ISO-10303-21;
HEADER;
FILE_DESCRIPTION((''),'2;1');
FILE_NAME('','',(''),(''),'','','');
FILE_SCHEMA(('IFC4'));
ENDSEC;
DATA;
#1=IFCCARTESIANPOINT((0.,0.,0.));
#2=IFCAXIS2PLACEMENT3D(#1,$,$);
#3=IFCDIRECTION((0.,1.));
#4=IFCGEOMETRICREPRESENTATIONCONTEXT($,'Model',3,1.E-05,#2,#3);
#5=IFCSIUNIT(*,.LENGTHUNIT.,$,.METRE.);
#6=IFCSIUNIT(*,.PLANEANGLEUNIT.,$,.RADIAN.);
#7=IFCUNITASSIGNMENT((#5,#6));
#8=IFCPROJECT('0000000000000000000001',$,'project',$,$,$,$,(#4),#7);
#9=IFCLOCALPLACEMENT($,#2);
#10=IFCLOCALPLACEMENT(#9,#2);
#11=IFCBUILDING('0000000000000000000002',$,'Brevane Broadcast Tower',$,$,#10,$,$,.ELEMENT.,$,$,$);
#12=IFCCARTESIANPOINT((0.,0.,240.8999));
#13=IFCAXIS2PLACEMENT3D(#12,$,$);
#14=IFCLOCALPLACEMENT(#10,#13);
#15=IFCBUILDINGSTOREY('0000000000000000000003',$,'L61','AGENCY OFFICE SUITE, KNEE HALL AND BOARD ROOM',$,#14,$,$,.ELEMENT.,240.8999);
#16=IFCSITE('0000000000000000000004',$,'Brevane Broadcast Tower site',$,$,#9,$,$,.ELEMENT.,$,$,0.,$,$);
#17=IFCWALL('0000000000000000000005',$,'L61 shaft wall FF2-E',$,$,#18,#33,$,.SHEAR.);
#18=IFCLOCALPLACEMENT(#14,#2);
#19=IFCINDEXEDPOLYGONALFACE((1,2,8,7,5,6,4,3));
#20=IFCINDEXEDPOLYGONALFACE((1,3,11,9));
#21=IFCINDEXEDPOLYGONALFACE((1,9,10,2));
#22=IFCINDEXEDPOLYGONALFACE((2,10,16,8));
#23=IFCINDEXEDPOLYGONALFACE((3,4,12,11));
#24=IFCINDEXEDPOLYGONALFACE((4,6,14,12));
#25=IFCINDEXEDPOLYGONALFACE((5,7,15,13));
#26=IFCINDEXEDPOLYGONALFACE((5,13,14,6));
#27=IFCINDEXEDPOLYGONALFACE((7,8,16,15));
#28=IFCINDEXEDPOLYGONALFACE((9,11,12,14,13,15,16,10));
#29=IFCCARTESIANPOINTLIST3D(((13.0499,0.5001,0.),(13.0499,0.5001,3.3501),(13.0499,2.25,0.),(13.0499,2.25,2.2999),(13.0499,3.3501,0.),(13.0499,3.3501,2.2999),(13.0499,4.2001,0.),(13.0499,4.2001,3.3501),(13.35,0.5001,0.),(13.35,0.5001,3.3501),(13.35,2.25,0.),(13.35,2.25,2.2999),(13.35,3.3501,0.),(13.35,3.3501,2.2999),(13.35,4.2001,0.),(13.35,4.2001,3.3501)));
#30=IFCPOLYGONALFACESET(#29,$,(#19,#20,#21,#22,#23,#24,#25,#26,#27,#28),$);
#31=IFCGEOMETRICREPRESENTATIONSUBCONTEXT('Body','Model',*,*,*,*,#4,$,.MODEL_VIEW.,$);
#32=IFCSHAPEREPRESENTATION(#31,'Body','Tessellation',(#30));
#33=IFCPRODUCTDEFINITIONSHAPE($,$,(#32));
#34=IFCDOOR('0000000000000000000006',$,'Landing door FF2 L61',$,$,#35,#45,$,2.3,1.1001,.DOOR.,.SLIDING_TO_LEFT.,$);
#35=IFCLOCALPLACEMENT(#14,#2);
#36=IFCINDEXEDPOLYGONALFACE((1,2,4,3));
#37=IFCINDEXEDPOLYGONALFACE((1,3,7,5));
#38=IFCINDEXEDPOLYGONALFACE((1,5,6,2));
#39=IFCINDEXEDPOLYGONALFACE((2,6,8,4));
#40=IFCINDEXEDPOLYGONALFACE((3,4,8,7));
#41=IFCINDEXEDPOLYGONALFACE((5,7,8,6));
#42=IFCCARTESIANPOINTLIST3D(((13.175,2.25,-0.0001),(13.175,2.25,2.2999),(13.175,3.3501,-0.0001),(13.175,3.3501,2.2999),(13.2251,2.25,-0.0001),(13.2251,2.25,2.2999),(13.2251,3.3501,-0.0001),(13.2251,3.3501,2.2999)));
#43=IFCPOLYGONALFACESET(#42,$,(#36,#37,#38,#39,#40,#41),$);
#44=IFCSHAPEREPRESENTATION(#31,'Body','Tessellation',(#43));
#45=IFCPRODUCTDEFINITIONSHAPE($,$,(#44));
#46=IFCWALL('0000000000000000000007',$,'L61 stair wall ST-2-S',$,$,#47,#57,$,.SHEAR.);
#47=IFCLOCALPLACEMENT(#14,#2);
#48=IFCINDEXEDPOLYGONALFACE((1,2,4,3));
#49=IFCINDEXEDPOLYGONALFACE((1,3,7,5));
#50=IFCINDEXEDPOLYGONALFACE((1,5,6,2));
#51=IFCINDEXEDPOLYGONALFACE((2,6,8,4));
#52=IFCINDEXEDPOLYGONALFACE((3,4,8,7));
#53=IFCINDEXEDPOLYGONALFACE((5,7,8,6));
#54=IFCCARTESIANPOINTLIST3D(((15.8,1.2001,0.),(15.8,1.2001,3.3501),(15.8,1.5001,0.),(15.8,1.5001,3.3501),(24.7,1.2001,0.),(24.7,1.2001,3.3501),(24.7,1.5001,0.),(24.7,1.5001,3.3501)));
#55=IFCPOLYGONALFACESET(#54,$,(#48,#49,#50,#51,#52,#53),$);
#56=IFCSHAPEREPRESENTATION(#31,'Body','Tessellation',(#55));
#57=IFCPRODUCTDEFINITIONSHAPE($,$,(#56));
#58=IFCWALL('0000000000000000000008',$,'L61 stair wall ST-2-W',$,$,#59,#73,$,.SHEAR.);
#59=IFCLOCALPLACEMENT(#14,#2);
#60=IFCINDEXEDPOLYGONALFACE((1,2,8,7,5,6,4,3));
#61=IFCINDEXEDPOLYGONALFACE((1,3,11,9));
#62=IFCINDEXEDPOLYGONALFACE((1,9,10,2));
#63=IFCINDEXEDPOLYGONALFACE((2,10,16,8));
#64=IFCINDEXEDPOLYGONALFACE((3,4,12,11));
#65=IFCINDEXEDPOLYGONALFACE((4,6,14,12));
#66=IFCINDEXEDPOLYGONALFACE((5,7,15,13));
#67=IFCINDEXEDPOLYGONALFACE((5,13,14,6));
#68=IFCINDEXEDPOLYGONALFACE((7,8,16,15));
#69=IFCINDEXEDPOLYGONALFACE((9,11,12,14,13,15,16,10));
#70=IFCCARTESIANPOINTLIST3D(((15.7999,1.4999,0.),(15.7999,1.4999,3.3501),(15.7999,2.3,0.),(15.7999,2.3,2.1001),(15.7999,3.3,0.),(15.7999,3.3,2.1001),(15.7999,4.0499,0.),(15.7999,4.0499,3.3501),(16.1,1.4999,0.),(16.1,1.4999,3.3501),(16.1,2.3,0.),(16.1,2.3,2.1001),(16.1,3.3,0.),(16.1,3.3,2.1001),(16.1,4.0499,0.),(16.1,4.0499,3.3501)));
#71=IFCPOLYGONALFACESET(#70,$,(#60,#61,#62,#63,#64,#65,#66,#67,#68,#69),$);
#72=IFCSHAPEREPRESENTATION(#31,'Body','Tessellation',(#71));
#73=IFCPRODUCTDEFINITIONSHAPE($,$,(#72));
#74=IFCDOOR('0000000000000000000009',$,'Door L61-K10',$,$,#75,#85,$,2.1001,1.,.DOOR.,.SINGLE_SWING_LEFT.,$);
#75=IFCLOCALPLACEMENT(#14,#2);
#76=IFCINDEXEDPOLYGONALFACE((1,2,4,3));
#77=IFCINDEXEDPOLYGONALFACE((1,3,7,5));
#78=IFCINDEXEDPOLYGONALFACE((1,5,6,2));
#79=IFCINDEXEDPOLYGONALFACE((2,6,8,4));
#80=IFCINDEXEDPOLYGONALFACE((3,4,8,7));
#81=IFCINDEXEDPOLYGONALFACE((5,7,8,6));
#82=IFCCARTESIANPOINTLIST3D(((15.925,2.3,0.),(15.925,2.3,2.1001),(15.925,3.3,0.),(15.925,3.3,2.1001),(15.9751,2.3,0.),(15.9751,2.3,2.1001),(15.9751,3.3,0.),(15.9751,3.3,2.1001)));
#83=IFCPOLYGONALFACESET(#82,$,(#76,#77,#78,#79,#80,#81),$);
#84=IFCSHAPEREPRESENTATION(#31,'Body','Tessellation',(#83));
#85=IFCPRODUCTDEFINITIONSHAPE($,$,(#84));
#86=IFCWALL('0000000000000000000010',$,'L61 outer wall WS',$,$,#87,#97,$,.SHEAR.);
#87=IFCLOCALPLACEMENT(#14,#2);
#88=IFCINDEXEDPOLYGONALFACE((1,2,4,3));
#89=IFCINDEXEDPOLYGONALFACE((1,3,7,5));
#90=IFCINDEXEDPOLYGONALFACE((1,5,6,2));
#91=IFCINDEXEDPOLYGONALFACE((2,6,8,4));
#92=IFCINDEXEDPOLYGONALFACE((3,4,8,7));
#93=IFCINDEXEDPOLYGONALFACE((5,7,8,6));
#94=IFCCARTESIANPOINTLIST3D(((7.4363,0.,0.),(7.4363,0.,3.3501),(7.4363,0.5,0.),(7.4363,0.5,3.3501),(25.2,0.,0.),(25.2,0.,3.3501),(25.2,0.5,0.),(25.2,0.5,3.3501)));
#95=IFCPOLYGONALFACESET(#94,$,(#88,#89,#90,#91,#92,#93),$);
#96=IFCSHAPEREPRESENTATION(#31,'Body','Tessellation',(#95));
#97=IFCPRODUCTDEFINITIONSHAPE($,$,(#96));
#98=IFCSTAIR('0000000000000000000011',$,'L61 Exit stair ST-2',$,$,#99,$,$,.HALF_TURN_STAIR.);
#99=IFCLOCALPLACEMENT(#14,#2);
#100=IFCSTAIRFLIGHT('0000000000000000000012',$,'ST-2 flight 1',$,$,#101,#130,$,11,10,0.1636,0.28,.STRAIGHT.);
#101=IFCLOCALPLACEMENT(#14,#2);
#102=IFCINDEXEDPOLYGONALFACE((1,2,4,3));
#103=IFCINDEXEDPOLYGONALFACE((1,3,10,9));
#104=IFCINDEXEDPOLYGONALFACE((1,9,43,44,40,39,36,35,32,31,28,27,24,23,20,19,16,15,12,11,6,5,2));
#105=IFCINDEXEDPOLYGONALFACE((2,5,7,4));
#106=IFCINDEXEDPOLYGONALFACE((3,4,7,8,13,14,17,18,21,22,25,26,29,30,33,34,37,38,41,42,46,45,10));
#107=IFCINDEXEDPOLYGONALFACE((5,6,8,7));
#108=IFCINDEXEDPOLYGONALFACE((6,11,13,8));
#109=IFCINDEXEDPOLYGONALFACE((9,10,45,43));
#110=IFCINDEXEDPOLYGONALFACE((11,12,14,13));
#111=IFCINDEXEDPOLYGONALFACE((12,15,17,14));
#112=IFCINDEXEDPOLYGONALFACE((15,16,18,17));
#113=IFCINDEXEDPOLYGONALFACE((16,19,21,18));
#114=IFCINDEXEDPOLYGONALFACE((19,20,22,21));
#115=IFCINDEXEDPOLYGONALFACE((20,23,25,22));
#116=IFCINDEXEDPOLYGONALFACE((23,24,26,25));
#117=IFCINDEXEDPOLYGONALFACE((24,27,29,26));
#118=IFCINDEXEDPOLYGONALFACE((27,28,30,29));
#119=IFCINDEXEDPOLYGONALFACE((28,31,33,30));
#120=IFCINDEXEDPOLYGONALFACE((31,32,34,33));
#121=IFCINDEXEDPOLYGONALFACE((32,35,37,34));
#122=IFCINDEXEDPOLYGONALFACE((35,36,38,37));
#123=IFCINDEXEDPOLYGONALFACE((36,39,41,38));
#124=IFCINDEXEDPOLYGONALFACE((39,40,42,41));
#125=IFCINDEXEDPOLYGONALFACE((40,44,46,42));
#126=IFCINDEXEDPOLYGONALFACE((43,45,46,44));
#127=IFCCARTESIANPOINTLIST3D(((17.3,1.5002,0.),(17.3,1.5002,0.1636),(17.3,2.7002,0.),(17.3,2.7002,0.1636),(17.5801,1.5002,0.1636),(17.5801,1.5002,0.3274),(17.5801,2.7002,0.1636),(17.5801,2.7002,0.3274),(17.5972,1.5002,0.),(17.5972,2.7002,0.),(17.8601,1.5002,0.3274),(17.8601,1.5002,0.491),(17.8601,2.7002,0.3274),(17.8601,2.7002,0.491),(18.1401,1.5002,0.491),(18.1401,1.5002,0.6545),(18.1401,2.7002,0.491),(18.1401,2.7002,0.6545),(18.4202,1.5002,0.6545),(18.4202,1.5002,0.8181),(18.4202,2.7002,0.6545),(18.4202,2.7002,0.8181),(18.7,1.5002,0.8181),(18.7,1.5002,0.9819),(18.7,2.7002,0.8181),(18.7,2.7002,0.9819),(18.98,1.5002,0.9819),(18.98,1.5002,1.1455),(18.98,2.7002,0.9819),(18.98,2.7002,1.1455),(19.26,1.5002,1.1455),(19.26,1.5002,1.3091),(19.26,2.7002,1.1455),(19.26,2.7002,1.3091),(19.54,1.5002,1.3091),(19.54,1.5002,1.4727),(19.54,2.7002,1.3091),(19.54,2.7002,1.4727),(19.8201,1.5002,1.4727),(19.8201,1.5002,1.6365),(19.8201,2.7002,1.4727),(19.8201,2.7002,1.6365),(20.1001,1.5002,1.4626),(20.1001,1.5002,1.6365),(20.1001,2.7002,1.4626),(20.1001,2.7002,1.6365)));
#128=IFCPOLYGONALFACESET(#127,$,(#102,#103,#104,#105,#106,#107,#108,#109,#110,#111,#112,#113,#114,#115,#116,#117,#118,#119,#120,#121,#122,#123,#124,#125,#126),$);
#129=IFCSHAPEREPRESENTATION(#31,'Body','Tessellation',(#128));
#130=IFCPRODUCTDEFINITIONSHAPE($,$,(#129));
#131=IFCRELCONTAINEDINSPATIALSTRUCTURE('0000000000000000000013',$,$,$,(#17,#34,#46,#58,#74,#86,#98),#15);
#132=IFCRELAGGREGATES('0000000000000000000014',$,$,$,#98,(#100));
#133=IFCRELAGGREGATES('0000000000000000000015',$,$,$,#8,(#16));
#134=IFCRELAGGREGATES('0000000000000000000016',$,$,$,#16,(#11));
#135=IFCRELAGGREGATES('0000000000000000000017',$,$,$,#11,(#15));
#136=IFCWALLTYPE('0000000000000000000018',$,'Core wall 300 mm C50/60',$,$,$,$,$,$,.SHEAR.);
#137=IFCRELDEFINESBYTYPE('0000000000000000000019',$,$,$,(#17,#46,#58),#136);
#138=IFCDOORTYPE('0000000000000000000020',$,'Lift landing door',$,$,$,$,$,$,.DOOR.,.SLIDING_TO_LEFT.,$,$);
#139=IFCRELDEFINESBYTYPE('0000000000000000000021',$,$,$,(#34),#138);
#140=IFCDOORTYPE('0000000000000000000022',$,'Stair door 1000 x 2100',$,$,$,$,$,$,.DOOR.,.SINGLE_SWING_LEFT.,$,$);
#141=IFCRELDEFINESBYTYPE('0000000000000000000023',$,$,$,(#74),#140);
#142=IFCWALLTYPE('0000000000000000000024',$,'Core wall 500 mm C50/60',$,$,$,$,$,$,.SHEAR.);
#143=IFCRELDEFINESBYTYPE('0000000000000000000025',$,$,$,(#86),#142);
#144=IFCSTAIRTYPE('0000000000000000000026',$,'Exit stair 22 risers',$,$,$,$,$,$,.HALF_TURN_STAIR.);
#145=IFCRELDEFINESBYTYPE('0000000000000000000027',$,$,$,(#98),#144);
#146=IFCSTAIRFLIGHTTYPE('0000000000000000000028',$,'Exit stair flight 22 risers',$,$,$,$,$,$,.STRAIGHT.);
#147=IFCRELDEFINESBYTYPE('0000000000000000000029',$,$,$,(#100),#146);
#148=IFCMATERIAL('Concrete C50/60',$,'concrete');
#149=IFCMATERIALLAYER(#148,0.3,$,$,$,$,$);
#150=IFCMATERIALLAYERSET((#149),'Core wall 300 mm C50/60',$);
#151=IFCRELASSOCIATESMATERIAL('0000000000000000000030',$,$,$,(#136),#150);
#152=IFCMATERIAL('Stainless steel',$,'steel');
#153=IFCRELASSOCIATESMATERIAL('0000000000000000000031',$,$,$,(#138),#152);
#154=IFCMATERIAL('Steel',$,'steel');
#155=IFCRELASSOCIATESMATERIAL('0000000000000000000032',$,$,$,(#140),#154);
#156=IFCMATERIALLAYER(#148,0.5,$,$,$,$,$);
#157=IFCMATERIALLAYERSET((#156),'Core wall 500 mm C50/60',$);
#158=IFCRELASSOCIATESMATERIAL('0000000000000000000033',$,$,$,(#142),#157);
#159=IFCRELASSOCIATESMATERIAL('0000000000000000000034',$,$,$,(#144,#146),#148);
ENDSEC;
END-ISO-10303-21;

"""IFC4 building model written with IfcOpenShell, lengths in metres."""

from ifc_helpers import new_model, si_unit, direction, frame, frame_2d, origin, place, context, subcontext, project, spatial, polyline, rectangle, outline, extrude, material, layer, layer_set, type_object, element, fill, aggregate, save


model = new_model("IFC4")

# Units and contexts
model_context = context("Model", 3, precision=1e-05, world=origin(), true_north=direction((0.0, 1.0)))
body_context = subcontext(model_context, "Body", "Model", "MODEL_VIEW")
ifc_project = project(units=[si_unit("LENGTHUNIT", "METRE"), si_unit("PLANEANGLEUNIT", "RADIAN")], contexts=[model_context])

# Site, building, storey
site_placement = place(None, origin())
site = spatial("IfcSite", under=ifc_project, at=site_placement, Name="Brevane Broadcast Tower site", CompositionType="ELEMENT", RefElevation=0.0)
building_placement = place(site_placement, origin())
building = spatial("IfcBuilding", under=site, at=building_placement, Name="Brevane Broadcast Tower", CompositionType="ELEMENT")
storey_placement = place(building_placement, frame((0.0, 0.0, 240.8999)))
storey = spatial("IfcBuildingStorey", under=building, at=storey_placement, Name="L61", Description="AGENCY OFFICE SUITE, KNEE HALL AND BOARD ROOM", CompositionType="ELEMENT", Elevation=240.8999)

# Shared definitions
ifc_material_1 = material(Name="Concrete C50/60", Category="concrete")
ifc_layer_1 = layer(ifc_material_1, 0.3)
ifc_layer_set_1 = layer_set([ifc_layer_1], Name="Core wall 300 mm C50/60")
wall_type_1 = type_object("IfcWallType", Name="Core wall 300 mm C50/60", PredefinedType="SHEAR", material=ifc_layer_set_1)

# Wall, opening, door
wall_1_placement = place(storey_placement, frame((13.2, 0.5, 0.0), z_axis=(0.0, 0.0, 1.0), x_axis=(0.0, 1.0, 0.0)))
wall_1 = element("IfcWall", 1, at=wall_1_placement, inside=storey, type_object=wall_type_1, Name="L61 shaft wall FF2-E", PredefinedType="SHEAR", context=body_context, shape_type="SweptSolid", body=[
    extrude(rectangle(XDim=3.7, YDim=0.3, at=frame_2d((1.8501, 0.0))), origin(), (0.0, 0.0, 1.0), 3.3501),
])
opening_1_placement = place(wall_1_placement, frame((1.75, 0.0, 0.0)))
opening_1 = element("IfcOpeningElement", 2, at=opening_1_placement, cuts=wall_1, PredefinedType="OPENING", context=body_context, shape_type="SweptSolid", body=[
    extrude(rectangle(XDim=1.1001, YDim=2.3, at=frame_2d((0.55, 1.1499))), frame((0.0, 0.1599, 0.0), z_axis=(0.0, -1.0, 0.0), x_axis=(1.0, 0.0, 0.0)), (0.0, 0.0, 1.0), 0.3201),
])
ifc_material_2 = material(Name="Stainless steel", Category="steel")
door_type_1 = type_object("IfcDoorType", Name="Lift landing door", OperationType="SLIDING_TO_LEFT", PredefinedType="DOOR", material=ifc_material_2)
door_1_placement = place(opening_1_placement, origin())
door_1 = element("IfcDoor", 3, at=door_1_placement, inside=storey, type_object=door_type_1, Name="Landing door FF2 L61", OperationType="SLIDING_TO_LEFT", OverallHeight=2.3, OverallWidth=1.1001, PredefinedType="DOOR", context=body_context, shape_type="SweptSolid", body=[
    extrude(rectangle(XDim=1.1001, YDim=2.3, at=frame_2d((0.55, 1.1499))), frame((0.0, 0.0249, 0.0), z_axis=(0.0, -1.0, 0.0), x_axis=(1.0, 0.0, 0.0)), (0.0, 0.0, 1.0), 0.05),
])
fill(opening_1, door_1)

# Wall
wall_2_placement = place(storey_placement, frame((15.8, 1.3501, 0.0), z_axis=(0.0, 0.0, 1.0), x_axis=(1.0, 0.0, 0.0)))
element("IfcWall", 4, at=wall_2_placement, inside=storey, type_object=wall_type_1, Name="L61 stair wall ST-2-S", PredefinedType="SHEAR", context=body_context, shape_type="SweptSolid", body=[
    extrude(rectangle(XDim=8.8999, YDim=0.3, at=frame_2d((4.45, 0.0))), origin(), (0.0, 0.0, 1.0), 3.3501),
])

# Wall, opening, door
wall_3_placement = place(storey_placement, frame((15.95, 1.5, 0.0), z_axis=(0.0, 0.0, 1.0), x_axis=(0.0, 1.0, 0.0)))
wall_3 = element("IfcWall", 5, at=wall_3_placement, inside=storey, type_object=wall_type_1, Name="L61 stair wall ST-2-W", PredefinedType="SHEAR", context=body_context, shape_type="SweptSolid", body=[
    extrude(rectangle(XDim=2.55, YDim=0.3, at=frame_2d((1.2749, 0.0))), origin(), (0.0, 0.0, 1.0), 3.3501),
])
opening_2_placement = place(wall_3_placement, frame((0.8, 0.0, 0.0)))
opening_2 = element("IfcOpeningElement", 6, at=opening_2_placement, cuts=wall_3, PredefinedType="OPENING", context=body_context, shape_type="SweptSolid", body=[
    extrude(rectangle(XDim=1.0, YDim=2.1001, at=frame_2d((0.5, 1.05))), frame((0.0, 0.1599, 0.0), z_axis=(0.0, -1.0, 0.0), x_axis=(1.0, 0.0, 0.0)), (0.0, 0.0, 1.0), 0.3201),
])
ifc_material_3 = material(Name="Steel", Category="steel")
door_type_2 = type_object("IfcDoorType", Name="Stair door 1000 x 2100", OperationType="SINGLE_SWING_LEFT", PredefinedType="DOOR", material=ifc_material_3)
door_2_placement = place(opening_2_placement, origin())
door_2 = element("IfcDoor", 7, at=door_2_placement, inside=storey, type_object=door_type_2, Name="Door L61-K10", OperationType="SINGLE_SWING_LEFT", OverallHeight=2.1001, OverallWidth=1.0, PredefinedType="DOOR", context=body_context, shape_type="SweptSolid", body=[
    extrude(rectangle(XDim=1.0, YDim=2.1001, at=frame_2d((0.5, 1.05))), frame((0.0, 0.0249, 0.0), z_axis=(0.0, -1.0, 0.0), x_axis=(1.0, 0.0, 0.0)), (0.0, 0.0, 1.0), 0.05),
])
fill(opening_2, door_2)

# Wall
ifc_layer_2 = layer(ifc_material_1, 0.5)
ifc_layer_set_2 = layer_set([ifc_layer_2], Name="Core wall 500 mm C50/60")
wall_type_2 = type_object("IfcWallType", Name="Core wall 500 mm C50/60", PredefinedType="SHEAR", material=ifc_layer_set_2)
wall_4_placement = place(storey_placement, frame((7.4363, 0.25, 0.0), z_axis=(0.0, 0.0, 1.0), x_axis=(1.0, 0.0, 0.0)))
element("IfcWall", 8, at=wall_4_placement, inside=storey, type_object=wall_type_2, Name="L61 outer wall WS", PredefinedType="SHEAR", context=body_context, shape_type="SweptSolid", body=[
    extrude(rectangle(XDim=17.7637, YDim=0.5, at=frame_2d((8.8818, 0.0))), origin(), (0.0, 0.0, 1.0), 3.3501),
])

# Stair, stair flight
stair_type = type_object("IfcStairType", Name="Exit stair 22 risers", PredefinedType="HALF_TURN_STAIR", material=ifc_material_1)
stair_placement = place(storey_placement, origin())
stair = element("IfcStair", 9, at=stair_placement, inside=storey, type_object=stair_type, Name="L61 Exit stair ST-2", PredefinedType="HALF_TURN_STAIR")
stair_flight_type = type_object("IfcStairFlightType", Name="Exit stair flight 22 risers", PredefinedType="STRAIGHT", material=ifc_material_1)
stair_flight_placement = place(storey_placement, frame((17.3, 2.1001, 0.0), z_axis=(0.0, 0.0, 1.0), x_axis=(1.0, 0.0, 0.0)))
stair_flight = element("IfcStairFlight", 10, at=stair_flight_placement, type_object=stair_flight_type, Name="ST-2 flight 1", NumberOfRisers=11, NumberOfTreads=10, PredefinedType="STRAIGHT", RiserHeight=0.1636, TreadLength=0.28, context=body_context, shape_type="SweptSolid", body=[
    extrude(outline(polyline([(0.0, 0.0), (0.0, 0.1636), (0.28, 0.1636), (0.28, 0.3274), (0.5601, 0.3274), (0.5601, 0.491), (0.8401, 0.491), (0.8401, 0.6545), (1.1201, 0.6545), (1.1201, 0.8181), (1.3999, 0.8181), (1.3999, 0.9819), (1.6799, 0.9819), (1.6799, 1.1455), (1.96, 1.1455), (1.96, 1.3091), (2.24, 1.3091), (2.24, 1.4727), (2.52, 1.4727), (2.52, 1.6365), (2.8, 1.6365), (2.8, 1.8), (2.8, 1.4626), (0.2971, 0.0), (0.0, 0.0)])), frame((0.0, 0.6001, 0.0), z_axis=(0.0, -1.0, 0.0), x_axis=(1.0, 0.0, 0.0)), (0.0, 0.0, 1.0), 1.2),
])
aggregate(stair, [stair_flight])

save(model, "model.ifc")
